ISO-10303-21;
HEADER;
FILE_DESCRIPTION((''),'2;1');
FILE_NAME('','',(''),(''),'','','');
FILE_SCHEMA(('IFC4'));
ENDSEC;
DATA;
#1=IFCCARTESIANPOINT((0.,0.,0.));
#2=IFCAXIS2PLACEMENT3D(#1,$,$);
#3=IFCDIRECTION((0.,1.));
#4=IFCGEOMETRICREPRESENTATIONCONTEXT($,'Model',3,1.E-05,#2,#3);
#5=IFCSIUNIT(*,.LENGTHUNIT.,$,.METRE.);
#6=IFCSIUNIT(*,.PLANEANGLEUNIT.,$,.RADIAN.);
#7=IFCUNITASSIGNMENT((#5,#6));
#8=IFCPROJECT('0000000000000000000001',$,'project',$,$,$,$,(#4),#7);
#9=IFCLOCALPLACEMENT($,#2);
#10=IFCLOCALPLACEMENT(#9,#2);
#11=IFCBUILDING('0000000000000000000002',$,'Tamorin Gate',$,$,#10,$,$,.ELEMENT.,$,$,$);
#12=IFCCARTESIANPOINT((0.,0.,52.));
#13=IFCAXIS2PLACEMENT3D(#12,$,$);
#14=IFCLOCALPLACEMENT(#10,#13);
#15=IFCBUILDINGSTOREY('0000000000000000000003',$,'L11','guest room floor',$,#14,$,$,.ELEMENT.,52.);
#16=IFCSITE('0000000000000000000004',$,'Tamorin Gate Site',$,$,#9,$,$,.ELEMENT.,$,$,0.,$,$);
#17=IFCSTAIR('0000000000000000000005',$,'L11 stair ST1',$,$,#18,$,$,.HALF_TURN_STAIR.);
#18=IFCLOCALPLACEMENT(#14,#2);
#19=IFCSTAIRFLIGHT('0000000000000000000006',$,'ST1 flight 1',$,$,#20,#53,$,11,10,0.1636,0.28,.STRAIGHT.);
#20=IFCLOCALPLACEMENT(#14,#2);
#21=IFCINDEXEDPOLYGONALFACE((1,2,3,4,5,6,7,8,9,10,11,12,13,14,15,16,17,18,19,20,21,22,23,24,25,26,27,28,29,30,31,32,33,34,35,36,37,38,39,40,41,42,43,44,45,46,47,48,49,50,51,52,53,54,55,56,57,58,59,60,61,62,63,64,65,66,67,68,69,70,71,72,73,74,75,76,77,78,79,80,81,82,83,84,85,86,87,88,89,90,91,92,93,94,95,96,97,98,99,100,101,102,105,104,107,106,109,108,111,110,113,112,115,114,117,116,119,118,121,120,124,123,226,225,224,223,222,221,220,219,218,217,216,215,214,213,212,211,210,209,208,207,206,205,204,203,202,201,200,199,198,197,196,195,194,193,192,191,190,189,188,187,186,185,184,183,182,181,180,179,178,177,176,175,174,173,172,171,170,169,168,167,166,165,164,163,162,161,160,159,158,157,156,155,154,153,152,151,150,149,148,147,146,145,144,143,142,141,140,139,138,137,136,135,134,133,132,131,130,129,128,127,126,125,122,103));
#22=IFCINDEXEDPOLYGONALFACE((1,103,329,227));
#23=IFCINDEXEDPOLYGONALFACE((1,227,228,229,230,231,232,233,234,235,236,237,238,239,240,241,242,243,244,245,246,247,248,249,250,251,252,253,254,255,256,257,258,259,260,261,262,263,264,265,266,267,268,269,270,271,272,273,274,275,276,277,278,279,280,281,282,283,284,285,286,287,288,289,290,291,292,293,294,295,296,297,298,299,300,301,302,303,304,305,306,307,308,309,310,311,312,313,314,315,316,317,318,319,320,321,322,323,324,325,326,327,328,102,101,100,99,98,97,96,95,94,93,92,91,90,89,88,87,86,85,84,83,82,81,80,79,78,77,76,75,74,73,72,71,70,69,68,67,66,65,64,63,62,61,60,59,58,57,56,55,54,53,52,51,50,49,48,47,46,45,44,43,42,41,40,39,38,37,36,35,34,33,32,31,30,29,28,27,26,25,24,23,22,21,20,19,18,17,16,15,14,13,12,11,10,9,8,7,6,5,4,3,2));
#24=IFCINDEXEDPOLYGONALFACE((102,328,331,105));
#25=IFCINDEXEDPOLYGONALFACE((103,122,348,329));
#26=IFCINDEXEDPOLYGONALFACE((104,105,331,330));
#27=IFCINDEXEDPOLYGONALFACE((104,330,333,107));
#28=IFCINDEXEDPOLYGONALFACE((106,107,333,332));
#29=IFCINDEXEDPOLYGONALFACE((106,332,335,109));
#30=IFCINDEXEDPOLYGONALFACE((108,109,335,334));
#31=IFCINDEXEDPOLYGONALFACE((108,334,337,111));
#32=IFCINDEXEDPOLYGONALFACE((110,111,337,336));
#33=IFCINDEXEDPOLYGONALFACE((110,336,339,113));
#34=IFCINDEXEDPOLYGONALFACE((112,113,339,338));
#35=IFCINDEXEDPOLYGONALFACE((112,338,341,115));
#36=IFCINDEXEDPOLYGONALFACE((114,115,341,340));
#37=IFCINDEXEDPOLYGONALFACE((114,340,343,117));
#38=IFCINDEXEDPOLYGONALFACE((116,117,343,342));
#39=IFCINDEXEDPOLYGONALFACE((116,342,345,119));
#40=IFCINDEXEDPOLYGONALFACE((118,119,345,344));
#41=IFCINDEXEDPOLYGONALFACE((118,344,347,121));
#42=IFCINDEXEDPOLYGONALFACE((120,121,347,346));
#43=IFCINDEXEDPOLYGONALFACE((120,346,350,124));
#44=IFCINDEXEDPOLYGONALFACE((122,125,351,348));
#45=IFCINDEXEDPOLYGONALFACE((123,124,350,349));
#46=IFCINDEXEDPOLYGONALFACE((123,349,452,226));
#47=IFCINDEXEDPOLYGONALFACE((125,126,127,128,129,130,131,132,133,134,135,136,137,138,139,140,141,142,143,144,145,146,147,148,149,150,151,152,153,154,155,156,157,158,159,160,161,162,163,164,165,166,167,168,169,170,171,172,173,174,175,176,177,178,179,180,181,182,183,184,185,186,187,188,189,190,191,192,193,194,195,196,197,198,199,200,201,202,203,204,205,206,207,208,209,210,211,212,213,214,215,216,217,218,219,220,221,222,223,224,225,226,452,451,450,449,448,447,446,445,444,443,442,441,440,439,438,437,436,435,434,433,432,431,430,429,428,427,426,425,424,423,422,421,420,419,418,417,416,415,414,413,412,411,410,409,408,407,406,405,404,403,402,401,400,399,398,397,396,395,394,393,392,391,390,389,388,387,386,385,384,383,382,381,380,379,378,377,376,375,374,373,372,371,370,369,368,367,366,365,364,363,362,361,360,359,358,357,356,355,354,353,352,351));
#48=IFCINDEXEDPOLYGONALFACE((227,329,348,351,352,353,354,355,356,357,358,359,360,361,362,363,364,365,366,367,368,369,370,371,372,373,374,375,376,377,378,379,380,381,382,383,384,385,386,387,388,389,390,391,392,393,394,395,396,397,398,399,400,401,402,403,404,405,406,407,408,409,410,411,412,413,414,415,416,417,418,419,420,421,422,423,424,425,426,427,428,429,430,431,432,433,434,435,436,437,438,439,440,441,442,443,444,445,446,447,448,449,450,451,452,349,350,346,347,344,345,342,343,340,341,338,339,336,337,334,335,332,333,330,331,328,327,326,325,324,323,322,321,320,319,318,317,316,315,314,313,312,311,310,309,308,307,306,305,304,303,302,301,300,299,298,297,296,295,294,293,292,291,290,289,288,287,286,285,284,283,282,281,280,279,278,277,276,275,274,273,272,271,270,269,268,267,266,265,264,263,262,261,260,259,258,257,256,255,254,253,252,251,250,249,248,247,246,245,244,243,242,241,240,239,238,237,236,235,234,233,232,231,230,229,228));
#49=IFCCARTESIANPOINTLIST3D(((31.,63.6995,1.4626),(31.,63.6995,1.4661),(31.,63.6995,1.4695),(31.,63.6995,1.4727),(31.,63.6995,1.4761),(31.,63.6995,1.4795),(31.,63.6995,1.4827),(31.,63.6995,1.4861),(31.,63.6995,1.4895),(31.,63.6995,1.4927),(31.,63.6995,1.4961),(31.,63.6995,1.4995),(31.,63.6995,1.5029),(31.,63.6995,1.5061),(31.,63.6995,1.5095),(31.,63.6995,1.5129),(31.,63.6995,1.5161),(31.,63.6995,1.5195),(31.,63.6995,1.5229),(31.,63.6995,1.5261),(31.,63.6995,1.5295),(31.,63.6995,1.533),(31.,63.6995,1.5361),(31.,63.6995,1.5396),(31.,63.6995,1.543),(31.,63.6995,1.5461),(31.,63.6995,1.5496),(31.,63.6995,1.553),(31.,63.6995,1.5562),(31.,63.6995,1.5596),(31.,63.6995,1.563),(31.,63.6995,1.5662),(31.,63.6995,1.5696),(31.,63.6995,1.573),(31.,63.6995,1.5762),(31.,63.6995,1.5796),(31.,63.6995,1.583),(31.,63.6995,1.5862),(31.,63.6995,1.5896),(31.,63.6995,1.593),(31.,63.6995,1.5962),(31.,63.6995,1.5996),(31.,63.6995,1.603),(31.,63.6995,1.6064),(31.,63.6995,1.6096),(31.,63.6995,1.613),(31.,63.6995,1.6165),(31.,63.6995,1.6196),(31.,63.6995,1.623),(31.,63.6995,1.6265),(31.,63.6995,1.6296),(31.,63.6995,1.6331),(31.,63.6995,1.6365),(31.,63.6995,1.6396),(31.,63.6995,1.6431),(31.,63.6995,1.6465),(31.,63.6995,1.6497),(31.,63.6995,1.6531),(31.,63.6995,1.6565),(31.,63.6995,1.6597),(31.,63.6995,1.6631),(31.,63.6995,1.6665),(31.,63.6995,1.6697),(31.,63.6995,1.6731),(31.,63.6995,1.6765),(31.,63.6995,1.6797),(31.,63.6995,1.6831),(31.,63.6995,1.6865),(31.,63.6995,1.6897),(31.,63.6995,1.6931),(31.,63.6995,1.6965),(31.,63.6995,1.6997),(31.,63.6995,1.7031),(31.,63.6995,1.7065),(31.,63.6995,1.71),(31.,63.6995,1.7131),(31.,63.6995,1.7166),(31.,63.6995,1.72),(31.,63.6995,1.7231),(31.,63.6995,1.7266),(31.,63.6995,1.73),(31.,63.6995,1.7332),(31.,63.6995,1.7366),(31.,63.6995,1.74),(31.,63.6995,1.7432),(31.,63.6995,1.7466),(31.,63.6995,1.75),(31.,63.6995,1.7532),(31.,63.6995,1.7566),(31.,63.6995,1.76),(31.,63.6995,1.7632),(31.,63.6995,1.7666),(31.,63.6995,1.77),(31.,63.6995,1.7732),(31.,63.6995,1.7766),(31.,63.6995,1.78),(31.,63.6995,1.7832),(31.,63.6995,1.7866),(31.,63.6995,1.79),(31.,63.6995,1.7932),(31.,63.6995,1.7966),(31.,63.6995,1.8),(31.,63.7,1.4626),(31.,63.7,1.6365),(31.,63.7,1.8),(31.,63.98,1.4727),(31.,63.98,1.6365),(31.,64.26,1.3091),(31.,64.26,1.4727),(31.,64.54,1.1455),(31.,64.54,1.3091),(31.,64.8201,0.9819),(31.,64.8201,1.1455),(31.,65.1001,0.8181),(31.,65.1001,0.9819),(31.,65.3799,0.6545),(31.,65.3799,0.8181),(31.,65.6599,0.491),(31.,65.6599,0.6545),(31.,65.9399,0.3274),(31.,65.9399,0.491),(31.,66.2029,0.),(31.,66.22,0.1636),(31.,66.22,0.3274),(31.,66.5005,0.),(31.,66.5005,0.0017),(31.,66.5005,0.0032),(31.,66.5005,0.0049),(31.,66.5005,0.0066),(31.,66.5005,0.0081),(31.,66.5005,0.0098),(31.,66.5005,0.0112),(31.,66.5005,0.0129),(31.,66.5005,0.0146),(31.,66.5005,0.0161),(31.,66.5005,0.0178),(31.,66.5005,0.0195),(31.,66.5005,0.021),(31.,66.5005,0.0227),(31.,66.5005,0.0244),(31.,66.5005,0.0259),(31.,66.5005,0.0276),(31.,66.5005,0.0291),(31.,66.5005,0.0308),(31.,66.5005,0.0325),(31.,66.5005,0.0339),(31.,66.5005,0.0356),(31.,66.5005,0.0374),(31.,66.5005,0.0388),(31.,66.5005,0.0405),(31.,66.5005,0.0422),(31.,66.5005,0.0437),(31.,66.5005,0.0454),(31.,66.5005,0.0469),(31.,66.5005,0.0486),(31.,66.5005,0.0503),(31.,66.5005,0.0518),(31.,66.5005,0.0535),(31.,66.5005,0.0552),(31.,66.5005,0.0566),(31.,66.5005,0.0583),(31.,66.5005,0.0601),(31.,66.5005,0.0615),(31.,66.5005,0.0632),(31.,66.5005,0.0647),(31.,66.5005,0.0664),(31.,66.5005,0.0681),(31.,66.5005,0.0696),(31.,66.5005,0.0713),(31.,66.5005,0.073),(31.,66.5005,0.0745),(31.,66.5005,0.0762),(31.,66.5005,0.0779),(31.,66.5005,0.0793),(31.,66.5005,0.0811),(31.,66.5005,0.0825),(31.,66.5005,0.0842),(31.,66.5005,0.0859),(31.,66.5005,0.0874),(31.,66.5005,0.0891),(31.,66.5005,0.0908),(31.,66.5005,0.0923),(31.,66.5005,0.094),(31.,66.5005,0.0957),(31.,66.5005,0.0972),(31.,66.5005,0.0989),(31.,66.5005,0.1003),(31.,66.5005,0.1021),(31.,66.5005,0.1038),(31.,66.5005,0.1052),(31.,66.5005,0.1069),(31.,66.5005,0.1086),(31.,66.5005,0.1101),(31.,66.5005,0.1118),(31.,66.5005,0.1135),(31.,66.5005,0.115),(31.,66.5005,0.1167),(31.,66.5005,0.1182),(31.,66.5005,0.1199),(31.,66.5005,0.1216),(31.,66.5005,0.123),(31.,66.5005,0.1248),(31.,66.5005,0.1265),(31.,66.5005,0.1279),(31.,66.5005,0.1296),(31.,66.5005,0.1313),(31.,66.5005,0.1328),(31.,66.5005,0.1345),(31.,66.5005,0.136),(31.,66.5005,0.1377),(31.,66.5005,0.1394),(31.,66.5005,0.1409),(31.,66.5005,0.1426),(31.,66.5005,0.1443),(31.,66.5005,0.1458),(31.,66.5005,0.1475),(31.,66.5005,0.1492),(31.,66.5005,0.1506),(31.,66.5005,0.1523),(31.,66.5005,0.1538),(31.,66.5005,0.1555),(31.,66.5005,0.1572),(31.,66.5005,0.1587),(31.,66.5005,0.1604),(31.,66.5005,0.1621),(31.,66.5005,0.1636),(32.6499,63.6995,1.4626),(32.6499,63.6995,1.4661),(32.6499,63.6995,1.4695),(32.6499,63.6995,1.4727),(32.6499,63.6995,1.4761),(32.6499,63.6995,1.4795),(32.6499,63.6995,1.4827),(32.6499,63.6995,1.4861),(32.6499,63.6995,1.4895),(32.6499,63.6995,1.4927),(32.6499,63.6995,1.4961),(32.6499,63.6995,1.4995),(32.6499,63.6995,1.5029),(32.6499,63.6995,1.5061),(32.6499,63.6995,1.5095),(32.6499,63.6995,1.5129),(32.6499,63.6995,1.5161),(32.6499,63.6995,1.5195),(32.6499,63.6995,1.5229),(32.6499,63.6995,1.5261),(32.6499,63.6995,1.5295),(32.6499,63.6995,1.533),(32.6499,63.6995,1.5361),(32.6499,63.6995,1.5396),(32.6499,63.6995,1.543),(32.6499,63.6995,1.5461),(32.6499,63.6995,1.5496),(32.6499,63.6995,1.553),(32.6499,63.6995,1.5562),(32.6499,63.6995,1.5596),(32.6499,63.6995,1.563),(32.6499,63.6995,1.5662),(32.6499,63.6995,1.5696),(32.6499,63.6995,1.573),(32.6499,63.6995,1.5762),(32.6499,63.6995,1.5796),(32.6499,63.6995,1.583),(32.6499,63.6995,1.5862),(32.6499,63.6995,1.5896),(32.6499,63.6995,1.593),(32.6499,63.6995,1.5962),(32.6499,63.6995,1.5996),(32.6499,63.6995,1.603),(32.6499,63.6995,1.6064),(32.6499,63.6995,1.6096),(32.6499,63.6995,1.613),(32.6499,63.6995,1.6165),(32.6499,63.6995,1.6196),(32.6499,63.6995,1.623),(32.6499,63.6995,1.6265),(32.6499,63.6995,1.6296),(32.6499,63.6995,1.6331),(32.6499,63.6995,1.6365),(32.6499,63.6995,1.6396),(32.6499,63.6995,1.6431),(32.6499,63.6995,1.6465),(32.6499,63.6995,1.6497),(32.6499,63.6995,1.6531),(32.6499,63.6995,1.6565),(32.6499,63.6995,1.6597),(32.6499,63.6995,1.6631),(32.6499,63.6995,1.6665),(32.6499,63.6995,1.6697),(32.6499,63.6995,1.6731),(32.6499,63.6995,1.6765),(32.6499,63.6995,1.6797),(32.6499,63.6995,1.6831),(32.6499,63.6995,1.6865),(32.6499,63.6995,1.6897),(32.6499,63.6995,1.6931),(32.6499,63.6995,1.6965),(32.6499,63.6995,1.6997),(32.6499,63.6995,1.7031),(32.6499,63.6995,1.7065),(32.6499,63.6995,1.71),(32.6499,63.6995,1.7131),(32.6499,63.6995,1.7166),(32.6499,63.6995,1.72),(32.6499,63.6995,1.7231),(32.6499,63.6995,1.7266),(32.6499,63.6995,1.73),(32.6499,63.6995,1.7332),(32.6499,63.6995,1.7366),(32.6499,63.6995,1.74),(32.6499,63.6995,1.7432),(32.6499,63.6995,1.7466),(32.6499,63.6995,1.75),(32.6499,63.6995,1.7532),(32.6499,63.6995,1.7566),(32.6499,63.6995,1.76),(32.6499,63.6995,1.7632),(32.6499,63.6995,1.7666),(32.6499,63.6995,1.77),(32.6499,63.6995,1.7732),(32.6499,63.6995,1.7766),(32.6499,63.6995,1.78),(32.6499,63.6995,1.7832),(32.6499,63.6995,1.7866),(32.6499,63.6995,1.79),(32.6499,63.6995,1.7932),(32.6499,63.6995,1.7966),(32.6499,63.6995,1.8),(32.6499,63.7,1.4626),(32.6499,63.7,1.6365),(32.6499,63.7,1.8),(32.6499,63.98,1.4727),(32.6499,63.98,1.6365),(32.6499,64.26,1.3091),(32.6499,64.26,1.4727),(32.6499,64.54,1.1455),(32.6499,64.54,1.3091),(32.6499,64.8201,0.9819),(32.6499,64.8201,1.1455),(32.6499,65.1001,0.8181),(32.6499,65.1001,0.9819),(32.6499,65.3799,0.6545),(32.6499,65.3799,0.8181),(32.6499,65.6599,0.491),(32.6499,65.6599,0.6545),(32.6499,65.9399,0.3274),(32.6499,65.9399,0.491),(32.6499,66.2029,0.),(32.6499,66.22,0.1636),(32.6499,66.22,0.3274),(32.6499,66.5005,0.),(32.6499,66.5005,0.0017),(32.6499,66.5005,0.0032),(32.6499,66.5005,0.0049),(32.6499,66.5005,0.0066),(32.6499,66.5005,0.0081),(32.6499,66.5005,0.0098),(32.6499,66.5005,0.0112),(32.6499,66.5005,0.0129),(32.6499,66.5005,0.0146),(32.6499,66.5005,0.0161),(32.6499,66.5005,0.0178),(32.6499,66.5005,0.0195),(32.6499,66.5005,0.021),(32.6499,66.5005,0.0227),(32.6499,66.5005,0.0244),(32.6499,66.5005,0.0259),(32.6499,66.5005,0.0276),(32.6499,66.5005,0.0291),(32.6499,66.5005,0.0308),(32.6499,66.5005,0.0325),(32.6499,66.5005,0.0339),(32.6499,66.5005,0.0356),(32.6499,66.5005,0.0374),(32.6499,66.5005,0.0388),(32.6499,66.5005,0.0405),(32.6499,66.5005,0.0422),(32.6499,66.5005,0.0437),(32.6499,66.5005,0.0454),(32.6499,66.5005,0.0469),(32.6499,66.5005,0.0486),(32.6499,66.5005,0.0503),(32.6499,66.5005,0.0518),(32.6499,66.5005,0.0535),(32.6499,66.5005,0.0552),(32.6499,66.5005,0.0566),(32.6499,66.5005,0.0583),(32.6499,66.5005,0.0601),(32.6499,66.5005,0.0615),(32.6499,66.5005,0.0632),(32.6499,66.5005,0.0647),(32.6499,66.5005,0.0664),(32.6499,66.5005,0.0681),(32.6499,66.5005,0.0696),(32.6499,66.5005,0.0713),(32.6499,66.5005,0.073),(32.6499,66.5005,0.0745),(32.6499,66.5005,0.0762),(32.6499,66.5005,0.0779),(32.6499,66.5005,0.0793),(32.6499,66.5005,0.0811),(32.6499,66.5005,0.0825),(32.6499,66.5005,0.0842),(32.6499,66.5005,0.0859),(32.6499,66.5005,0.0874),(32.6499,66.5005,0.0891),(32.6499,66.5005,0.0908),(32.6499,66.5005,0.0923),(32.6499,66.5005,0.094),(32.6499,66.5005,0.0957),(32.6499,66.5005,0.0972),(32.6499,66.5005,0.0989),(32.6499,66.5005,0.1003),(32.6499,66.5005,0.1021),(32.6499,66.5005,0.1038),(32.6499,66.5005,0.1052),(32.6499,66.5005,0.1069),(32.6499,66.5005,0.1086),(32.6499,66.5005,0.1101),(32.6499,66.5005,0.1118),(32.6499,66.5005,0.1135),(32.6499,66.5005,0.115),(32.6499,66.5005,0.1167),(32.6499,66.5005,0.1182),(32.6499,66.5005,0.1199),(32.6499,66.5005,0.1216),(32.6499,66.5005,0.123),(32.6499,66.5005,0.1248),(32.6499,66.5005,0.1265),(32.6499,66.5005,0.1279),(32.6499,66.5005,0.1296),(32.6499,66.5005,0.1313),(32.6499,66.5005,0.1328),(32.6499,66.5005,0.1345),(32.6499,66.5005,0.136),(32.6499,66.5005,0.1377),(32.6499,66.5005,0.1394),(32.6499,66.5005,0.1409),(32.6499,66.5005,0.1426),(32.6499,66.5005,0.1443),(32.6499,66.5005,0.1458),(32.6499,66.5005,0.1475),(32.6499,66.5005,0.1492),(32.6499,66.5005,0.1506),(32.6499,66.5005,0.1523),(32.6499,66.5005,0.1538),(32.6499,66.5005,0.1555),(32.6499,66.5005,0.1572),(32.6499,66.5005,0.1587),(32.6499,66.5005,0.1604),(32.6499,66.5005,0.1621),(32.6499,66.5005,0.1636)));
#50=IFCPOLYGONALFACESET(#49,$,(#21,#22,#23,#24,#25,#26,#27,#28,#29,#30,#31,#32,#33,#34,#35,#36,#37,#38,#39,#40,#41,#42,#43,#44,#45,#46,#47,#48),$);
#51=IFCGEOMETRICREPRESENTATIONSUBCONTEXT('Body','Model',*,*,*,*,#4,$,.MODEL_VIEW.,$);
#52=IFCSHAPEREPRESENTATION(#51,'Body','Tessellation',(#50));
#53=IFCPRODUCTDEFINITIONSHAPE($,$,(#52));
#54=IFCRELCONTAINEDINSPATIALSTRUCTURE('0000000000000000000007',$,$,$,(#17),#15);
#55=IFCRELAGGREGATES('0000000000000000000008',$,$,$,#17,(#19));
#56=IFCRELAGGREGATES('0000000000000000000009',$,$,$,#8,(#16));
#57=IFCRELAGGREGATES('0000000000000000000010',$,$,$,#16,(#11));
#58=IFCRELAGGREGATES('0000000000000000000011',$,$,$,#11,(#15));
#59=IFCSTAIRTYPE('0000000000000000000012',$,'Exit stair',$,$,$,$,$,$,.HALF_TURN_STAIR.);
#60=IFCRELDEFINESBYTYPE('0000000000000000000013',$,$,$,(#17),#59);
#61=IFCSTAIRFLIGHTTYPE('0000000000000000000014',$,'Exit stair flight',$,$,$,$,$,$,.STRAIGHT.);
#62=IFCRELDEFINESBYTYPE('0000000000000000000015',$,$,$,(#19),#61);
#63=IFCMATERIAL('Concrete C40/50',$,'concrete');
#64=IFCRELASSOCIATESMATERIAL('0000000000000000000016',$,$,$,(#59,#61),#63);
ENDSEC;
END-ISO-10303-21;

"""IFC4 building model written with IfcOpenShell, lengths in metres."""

from ifc_helpers import new_model, si_unit, direction, frame, origin, place, context, subcontext, project, spatial, polyline, outline, extrude, material, type_object, element, aggregate, save


model = new_model("IFC4")

# Units and contexts
model_context = context("Model", 3, precision=1e-05, world=origin(), true_north=direction((0.0, 1.0)))
body_context = subcontext(model_context, "Body", "Model", "MODEL_VIEW")
ifc_project = project(units=[si_unit("LENGTHUNIT", "METRE"), si_unit("PLANEANGLEUNIT", "RADIAN")], contexts=[model_context])

# Site, building, storey
site_placement = place(None, origin())
site = spatial("IfcSite", under=ifc_project, at=site_placement, Name="Tamorin Gate Site", CompositionType="ELEMENT", RefElevation=0.0)
building_placement = place(site_placement, origin())
building = spatial("IfcBuilding", under=site, at=building_placement, Name="Tamorin Gate", CompositionType="ELEMENT")
storey_placement = place(building_placement, frame((0.0, 0.0, 52.0)))
storey = spatial("IfcBuildingStorey", under=building, at=storey_placement, Name="L11", Description="guest room floor", CompositionType="ELEMENT", Elevation=52.0)

# Shared definitions
ifc_material_1 = material(Name="Concrete C40/50", Category="concrete")

# Stair, stair flight
stair_type = type_object("IfcStairType", Name="Exit stair", PredefinedType="HALF_TURN_STAIR", material=ifc_material_1)
stair_placement = place(storey_placement, origin())
stair = element("IfcStair", 1, at=stair_placement, inside=storey, type_object=stair_type, Name="L11 stair ST1", PredefinedType="HALF_TURN_STAIR")
stair_flight_type = type_object("IfcStairFlightType", Name="Exit stair flight", PredefinedType="STRAIGHT", material=ifc_material_1)
stair_flight_1_placement = place(storey_placement, frame((31.825, 66.5, 0.0), z_axis=(0.0, 0.0, 1.0), x_axis=(0.0, -1.0, 0.0)))
stair_flight_1 = element("IfcStairFlight", 2, at=stair_flight_1_placement, type_object=stair_flight_type, Name="ST1 flight 1", NumberOfRisers=11, NumberOfTreads=10, PredefinedType="STRAIGHT", RiserHeight=0.1636, TreadLength=0.28, context=body_context, shape_type="SweptSolid", body=[
    extrude(outline(polyline([(-0.0005, 0.0), (-0.0005, 0.0017), (-0.0005, 0.0032), (-0.0005, 0.0049), (-0.0005, 0.0066), (-0.0005, 0.0081), (-0.0005, 0.0098), (-0.0005, 0.0112), (-0.0005, 0.0129), (-0.0005, 0.0146), (-0.0005, 0.0161), (-0.0005, 0.0178), (-0.0005, 0.0195), (-0.0005, 0.021), (-0.0005, 0.0227), (-0.0005, 0.0244), (-0.0005, 0.0259), (-0.0005, 0.0276), (-0.0005, 0.0291), (-0.0005, 0.0308), (-0.0005, 0.0325), (-0.0005, 0.0339), (-0.0005, 0.0356), (-0.0005, 0.0374), (-0.0005, 0.0388), (-0.0005, 0.0405), (-0.0005, 0.0422), (-0.0005, 0.0437), (-0.0005, 0.0454), (-0.0005, 0.0469), (-0.0005, 0.0486), (-0.0005, 0.0503), (-0.0005, 0.0518), (-0.0005, 0.0535), (-0.0005, 0.0552), (-0.0005, 0.0566), (-0.0005, 0.0583), (-0.0005, 0.0601), (-0.0005, 0.0615), (-0.0005, 0.0632), (-0.0005, 0.0647), (-0.0005, 0.0664), (-0.0005, 0.0681), (-0.0005, 0.0696), (-0.0005, 0.0713), (-0.0005, 0.073), (-0.0005, 0.0745), (-0.0005, 0.0762), (-0.0005, 0.0779), (-0.0005, 0.0793), (-0.0005, 0.0811), (-0.0005, 0.0825), (-0.0005, 0.0842), (-0.0005, 0.0859), (-0.0005, 0.0874), (-0.0005, 0.0891), (-0.0005, 0.0908), (-0.0005, 0.0923), (-0.0005, 0.094), (-0.0005, 0.0957), (-0.0005, 0.0972), (-0.0005, 0.0989), (-0.0005, 0.1003), (-0.0005, 0.1021), (-0.0005, 0.1038), (-0.0005, 0.1052), (-0.0005, 0.1069), (-0.0005, 0.1086), (-0.0005, 0.1101), (-0.0005, 0.1118), (-0.0005, 0.1135), (-0.0005, 0.115), (-0.0005, 0.1167), (-0.0005, 0.1182), (-0.0005, 0.1199), (-0.0005, 0.1216), (-0.0005, 0.123), (-0.0005, 0.1248), (-0.0005, 0.1265), (-0.0005, 0.1279), (-0.0005, 0.1296), (-0.0005, 0.1313), (-0.0005, 0.1328), (-0.0005, 0.1345), (-0.0005, 0.136), (-0.0005, 0.1377), (-0.0005, 0.1394), (-0.0005, 0.1409), (-0.0005, 0.1426), (-0.0005, 0.1443), (-0.0005, 0.1458), (-0.0005, 0.1475), (-0.0005, 0.1492), (-0.0005, 0.1506), (-0.0005, 0.1523), (-0.0005, 0.1538), (-0.0005, 0.1555), (-0.0005, 0.1572), (-0.0005, 0.1587), (-0.0005, 0.1604), (-0.0005, 0.1621), (-0.0005, 0.1636), (0.28, 0.1636), (0.28, 0.3274), (0.5601, 0.3274), (0.5601, 0.491), (0.8401, 0.491), (0.8401, 0.6545), (1.1201, 0.6545), (1.1201, 0.8181), (1.3999, 0.8181), (1.3999, 0.9819), (1.6799, 0.9819), (1.6799, 1.1455), (1.96, 1.1455), (1.96, 1.3091), (2.24, 1.3091), (2.24, 1.4727), (2.52, 1.4727), (2.52, 1.6365), (2.8, 1.6365), (2.8, 1.8), (2.8005, 1.8), (2.8005, 1.7966), (2.8005, 1.7932), (2.8005, 1.79), (2.8005, 1.7866), (2.8005, 1.7832), (2.8005, 1.78), (2.8005, 1.7766), (2.8005, 1.7732), (2.8005, 1.77), (2.8005, 1.7666), (2.8005, 1.7632), (2.8005, 1.76), (2.8005, 1.7566), (2.8005, 1.7532), (2.8005, 1.75), (2.8005, 1.7466), (2.8005, 1.7432), (2.8005, 1.74), (2.8005, 1.7366), (2.8005, 1.7332), (2.8005, 1.73), (2.8005, 1.7266), (2.8005, 1.7231), (2.8005, 1.72), (2.8005, 1.7166), (2.8005, 1.7131), (2.8005, 1.71), (2.8005, 1.7065), (2.8005, 1.7031), (2.8005, 1.6997), (2.8005, 1.6965), (2.8005, 1.6931), (2.8005, 1.6897), (2.8005, 1.6865), (2.8005, 1.6831), (2.8005, 1.6797), (2.8005, 1.6765), (2.8005, 1.6731), (2.8005, 1.6697), (2.8005, 1.6665), (2.8005, 1.6631), (2.8005, 1.6597), (2.8005, 1.6565), (2.8005, 1.6531), (2.8005, 1.6497), (2.8005, 1.6465), (2.8005, 1.6431), (2.8005, 1.6396), (2.8005, 1.6365), (2.8005, 1.6331), (2.8005, 1.6296), (2.8005, 1.6265), (2.8005, 1.623), (2.8005, 1.6196), (2.8005, 1.6165), (2.8005, 1.613), (2.8005, 1.6096), (2.8005, 1.6064), (2.8005, 1.603), (2.8005, 1.5996), (2.8005, 1.5962), (2.8005, 1.593), (2.8005, 1.5896), (2.8005, 1.5862), (2.8005, 1.583), (2.8005, 1.5796), (2.8005, 1.5762), (2.8005, 1.573), (2.8005, 1.5696), (2.8005, 1.5662), (2.8005, 1.563), (2.8005, 1.5596), (2.8005, 1.5562), (2.8005, 1.553), (2.8005, 1.5496), (2.8005, 1.5461), (2.8005, 1.543), (2.8005, 1.5396), (2.8005, 1.5361), (2.8005, 1.533), (2.8005, 1.5295), (2.8005, 1.5261), (2.8005, 1.5229), (2.8005, 1.5195), (2.8005, 1.5161), (2.8005, 1.5129), (2.8005, 1.5095), (2.8005, 1.5061), (2.8005, 1.5029), (2.8005, 1.4995), (2.8005, 1.4961), (2.8005, 1.4927), (2.8005, 1.4895), (2.8005, 1.4861), (2.8005, 1.4827), (2.8005, 1.4795), (2.8005, 1.4761), (2.8005, 1.4727), (2.8005, 1.4695), (2.8005, 1.4661), (2.8005, 1.4626), (2.8, 1.4626), (0.2971, 0.0), (-0.0005, 0.0)])), frame((0.0, 0.825, 0.0), z_axis=(0.0, -1.0, 0.0), x_axis=(1.0, 0.0, 0.0)), (0.0, 0.0, 1.0), 1.6499),
])
aggregate(stair, [stair_flight_1])

save(model, "model.ifc")
